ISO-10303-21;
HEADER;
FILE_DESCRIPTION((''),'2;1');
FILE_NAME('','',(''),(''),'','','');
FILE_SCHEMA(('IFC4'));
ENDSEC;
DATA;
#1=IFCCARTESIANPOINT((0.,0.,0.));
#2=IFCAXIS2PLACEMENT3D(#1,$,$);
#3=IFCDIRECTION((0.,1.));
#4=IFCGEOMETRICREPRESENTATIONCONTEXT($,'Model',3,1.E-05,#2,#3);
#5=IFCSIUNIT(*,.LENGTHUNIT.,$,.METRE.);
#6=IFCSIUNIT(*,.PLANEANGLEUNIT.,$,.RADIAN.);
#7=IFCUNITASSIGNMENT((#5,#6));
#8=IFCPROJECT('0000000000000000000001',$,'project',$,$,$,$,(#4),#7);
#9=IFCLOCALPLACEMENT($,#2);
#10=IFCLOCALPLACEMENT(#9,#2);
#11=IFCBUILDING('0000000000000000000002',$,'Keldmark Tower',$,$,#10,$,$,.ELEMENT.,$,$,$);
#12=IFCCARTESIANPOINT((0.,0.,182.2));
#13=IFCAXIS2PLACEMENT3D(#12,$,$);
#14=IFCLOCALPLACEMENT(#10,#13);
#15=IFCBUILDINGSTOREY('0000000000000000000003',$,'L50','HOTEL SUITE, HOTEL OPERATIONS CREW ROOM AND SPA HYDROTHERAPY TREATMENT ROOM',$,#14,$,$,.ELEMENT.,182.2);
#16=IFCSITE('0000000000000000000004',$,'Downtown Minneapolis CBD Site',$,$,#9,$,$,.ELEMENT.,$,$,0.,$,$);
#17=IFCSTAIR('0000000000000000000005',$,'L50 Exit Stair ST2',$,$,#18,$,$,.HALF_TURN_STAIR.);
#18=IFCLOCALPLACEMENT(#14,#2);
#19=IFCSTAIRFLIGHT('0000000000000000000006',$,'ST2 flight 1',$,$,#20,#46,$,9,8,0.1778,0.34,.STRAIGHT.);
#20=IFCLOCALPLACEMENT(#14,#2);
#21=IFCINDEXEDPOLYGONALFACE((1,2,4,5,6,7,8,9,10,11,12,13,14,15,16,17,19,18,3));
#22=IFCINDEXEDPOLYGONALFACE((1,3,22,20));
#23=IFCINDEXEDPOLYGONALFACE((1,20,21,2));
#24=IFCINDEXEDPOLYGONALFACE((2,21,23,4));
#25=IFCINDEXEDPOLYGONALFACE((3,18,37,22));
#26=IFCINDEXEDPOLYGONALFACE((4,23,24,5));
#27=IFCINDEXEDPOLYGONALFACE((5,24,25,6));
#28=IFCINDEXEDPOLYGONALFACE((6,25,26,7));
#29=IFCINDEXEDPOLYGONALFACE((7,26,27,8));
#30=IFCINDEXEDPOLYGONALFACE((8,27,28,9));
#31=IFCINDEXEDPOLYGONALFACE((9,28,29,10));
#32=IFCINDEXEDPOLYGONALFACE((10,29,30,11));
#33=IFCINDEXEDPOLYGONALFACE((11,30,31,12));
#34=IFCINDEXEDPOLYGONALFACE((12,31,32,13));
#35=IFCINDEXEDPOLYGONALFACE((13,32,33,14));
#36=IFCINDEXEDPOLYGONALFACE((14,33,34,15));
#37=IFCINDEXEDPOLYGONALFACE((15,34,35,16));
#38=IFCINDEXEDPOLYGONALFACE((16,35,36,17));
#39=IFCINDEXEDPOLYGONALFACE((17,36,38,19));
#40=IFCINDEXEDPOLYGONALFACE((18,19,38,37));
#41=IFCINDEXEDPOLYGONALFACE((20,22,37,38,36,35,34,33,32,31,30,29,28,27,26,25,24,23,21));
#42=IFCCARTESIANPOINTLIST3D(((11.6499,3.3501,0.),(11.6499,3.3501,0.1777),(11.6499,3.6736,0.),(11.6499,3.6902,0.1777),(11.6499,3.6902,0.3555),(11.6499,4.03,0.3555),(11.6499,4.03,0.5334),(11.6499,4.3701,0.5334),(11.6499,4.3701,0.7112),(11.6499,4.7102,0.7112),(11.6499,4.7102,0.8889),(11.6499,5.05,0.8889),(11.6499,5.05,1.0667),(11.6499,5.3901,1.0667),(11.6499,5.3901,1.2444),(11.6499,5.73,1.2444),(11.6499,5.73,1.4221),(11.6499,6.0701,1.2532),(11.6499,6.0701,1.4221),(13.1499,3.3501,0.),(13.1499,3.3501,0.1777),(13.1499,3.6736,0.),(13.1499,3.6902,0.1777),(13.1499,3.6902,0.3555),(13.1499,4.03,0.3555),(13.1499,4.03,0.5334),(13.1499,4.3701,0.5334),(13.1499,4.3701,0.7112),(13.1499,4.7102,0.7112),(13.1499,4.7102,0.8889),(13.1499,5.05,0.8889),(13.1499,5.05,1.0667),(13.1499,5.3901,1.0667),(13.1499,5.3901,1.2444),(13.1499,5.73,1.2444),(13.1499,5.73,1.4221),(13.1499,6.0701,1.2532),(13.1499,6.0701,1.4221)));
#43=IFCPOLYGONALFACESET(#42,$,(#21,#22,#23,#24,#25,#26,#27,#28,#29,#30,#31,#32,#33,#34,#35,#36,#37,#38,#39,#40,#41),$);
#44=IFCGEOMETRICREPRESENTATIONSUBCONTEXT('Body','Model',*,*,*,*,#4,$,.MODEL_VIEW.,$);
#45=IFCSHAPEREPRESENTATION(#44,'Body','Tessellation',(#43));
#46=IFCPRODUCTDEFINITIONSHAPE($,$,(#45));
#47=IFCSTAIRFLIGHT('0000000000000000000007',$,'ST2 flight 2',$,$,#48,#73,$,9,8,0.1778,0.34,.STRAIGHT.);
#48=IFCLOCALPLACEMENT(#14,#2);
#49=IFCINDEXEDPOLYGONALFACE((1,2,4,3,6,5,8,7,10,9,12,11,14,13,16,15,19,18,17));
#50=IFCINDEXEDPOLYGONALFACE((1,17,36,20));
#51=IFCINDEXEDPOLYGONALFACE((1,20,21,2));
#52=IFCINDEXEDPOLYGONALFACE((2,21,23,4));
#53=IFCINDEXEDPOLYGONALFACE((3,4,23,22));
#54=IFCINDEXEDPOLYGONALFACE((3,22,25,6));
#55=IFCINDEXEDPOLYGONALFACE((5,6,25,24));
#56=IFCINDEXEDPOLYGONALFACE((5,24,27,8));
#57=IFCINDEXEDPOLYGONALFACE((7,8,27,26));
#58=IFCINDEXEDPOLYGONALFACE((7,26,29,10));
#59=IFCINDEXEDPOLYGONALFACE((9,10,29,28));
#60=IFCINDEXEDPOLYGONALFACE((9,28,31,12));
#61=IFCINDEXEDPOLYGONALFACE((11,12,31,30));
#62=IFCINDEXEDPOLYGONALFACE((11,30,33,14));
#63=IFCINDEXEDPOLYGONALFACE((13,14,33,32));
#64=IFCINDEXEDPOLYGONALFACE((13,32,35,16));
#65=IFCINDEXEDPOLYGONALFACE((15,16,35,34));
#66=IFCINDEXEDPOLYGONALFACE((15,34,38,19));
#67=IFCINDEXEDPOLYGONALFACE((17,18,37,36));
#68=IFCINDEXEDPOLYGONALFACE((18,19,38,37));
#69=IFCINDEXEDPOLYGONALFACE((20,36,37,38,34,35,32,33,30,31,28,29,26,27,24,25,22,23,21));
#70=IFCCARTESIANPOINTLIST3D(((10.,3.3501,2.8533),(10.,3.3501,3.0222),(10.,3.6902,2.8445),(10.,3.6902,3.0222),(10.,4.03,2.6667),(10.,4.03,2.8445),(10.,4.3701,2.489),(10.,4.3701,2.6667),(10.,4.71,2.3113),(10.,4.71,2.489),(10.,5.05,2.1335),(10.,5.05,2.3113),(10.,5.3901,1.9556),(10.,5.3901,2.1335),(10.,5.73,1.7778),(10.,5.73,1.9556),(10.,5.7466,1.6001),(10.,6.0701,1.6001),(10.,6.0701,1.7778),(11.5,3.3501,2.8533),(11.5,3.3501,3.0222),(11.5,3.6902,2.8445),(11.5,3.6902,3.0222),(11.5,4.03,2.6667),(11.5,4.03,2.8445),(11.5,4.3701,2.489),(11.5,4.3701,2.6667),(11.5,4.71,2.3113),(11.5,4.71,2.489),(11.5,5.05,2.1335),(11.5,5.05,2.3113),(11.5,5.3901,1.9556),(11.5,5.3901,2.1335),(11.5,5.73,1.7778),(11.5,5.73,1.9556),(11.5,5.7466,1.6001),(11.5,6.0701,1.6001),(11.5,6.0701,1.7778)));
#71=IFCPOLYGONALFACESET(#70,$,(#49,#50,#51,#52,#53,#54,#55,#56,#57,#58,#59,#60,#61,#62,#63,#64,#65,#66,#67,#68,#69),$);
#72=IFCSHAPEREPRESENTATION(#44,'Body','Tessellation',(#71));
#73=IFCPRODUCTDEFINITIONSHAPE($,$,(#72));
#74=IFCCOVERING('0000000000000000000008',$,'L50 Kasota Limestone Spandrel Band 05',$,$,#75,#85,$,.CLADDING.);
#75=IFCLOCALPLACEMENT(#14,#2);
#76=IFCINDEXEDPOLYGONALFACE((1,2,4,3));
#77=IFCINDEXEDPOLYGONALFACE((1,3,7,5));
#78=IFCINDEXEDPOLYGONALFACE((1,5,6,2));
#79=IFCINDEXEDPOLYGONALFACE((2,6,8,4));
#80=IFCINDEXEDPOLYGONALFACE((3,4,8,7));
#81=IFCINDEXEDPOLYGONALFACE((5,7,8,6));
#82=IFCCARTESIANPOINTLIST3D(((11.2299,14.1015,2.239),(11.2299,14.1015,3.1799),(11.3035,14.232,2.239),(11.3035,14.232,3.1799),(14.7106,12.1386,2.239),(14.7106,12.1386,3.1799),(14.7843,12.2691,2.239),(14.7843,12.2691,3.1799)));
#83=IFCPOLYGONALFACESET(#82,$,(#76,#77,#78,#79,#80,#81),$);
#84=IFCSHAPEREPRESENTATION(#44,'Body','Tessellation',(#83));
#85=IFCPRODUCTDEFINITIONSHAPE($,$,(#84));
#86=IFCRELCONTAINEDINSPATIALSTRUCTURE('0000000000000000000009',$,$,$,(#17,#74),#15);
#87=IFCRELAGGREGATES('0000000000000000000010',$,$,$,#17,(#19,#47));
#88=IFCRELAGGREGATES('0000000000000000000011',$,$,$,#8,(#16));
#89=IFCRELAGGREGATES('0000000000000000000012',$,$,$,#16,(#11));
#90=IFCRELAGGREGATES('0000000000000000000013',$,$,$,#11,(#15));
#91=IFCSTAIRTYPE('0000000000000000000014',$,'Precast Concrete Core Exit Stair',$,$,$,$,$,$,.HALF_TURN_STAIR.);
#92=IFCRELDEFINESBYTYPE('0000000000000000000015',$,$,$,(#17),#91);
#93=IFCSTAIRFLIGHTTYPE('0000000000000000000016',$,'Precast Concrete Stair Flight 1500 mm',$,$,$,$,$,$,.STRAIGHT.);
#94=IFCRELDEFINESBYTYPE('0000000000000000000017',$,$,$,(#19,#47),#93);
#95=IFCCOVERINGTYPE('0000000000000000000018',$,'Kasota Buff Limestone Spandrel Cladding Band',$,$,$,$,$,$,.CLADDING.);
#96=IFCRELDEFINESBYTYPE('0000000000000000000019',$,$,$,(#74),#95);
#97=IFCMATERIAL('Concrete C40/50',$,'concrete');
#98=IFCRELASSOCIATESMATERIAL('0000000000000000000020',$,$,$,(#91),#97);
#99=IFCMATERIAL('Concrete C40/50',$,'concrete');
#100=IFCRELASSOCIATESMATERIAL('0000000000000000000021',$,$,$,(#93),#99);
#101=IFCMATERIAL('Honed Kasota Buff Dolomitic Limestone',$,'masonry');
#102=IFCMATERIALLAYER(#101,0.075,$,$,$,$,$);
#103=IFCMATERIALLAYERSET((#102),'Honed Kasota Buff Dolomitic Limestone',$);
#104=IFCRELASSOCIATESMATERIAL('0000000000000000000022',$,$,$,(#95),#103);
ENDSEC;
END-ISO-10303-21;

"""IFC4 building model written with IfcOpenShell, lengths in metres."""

from ifc_helpers import new_model, si_unit, direction, frame, origin, origin_2d, place, context, subcontext, project, spatial, polyline, rectangle, outline, extrude, material, layer, layer_set, type_object, element, aggregate, save


model = new_model("IFC4")

# Units and contexts
model_context = context("Model", 3, precision=1e-05, world=origin(), true_north=direction((0.0, 1.0)))
body_context = subcontext(model_context, "Body", "Model", "MODEL_VIEW")
ifc_project = project(units=[si_unit("LENGTHUNIT", "METRE"), si_unit("PLANEANGLEUNIT", "RADIAN")], contexts=[model_context])

# Site, building, storey
site_placement = place(None, origin())
site = spatial("IfcSite", under=ifc_project, at=site_placement, Name="Downtown Minneapolis CBD Site", CompositionType="ELEMENT", RefElevation=0.0)
building_placement = place(site_placement, origin())
building = spatial("IfcBuilding", under=site, at=building_placement, Name="Keldmark Tower", CompositionType="ELEMENT")
storey_placement = place(building_placement, frame((0.0, 0.0, 182.2)))
storey = spatial("IfcBuildingStorey", under=building, at=storey_placement, Name="L50", Description="HOTEL SUITE, HOTEL OPERATIONS CREW ROOM AND SPA HYDROTHERAPY TREATMENT ROOM", CompositionType="ELEMENT", Elevation=182.2)

# Stair, stair flights
ifc_material_1 = material(Name="Concrete C40/50", Category="concrete")
stair_type = type_object("IfcStairType", Name="Precast Concrete Core Exit Stair", PredefinedType="HALF_TURN_STAIR", material=ifc_material_1)
stair_placement = place(storey_placement, origin())
stair = element("IfcStair", 1, at=stair_placement, inside=storey, type_object=stair_type, Name="L50 Exit Stair ST2", PredefinedType="HALF_TURN_STAIR")
ifc_material_2 = material(Name="Concrete C40/50", Category="concrete")
stair_flight_type = type_object("IfcStairFlightType", Name="Precast Concrete Stair Flight 1500 mm", PredefinedType="STRAIGHT", material=ifc_material_2)
stair_flight_1_placement = place(storey_placement, frame((12.3999, 3.3501, 0.0), z_axis=(0.0, 0.0, 1.0), x_axis=(0.0, 1.0, 0.0)))
stair_flight_1 = element("IfcStairFlight", 2, at=stair_flight_1_placement, type_object=stair_flight_type, Name="ST2 flight 1", NumberOfRisers=9, NumberOfTreads=8, PredefinedType="STRAIGHT", RiserHeight=0.1778, TreadLength=0.34, context=body_context, shape_type="SweptSolid", body=[
    extrude(outline(polyline([(0.0, 0.0), (0.0, 0.1777), (0.3401, 0.1777), (0.3401, 0.3555), (0.6799, 0.3555), (0.6799, 0.5334), (1.02, 0.5334), (1.02, 0.7112), (1.3601, 0.7112), (1.3601, 0.8889), (1.7, 0.8889), (1.7, 1.0667), (2.04, 1.0667), (2.04, 1.2444), (2.3799, 1.2444), (2.3799, 1.4221), (2.72, 1.4221), (2.72, 1.6001), (2.72, 1.2532), (0.3235, 0.0), (0.0, 0.0)])), frame((0.0, 0.75, 0.0), z_axis=(0.0, -1.0, 0.0), x_axis=(1.0, 0.0, 0.0)), (0.0, 0.0, 1.0), 1.5),
])
stair_flight_2_placement = place(storey_placement, frame((10.75, 6.0701, 1.6001), z_axis=(0.0, 0.0, 1.0), x_axis=(0.0, -1.0, 0.0)))
stair_flight_2 = element("IfcStairFlight", 3, at=stair_flight_2_placement, type_object=stair_flight_type, Name="ST2 flight 2", NumberOfRisers=9, NumberOfTreads=8, PredefinedType="STRAIGHT", RiserHeight=0.1778, TreadLength=0.34, context=body_context, shape_type="SweptSolid", body=[
    extrude(outline(polyline([(0.0, 0.0), (0.0, 0.1777), (0.3401, 0.1777), (0.3401, 0.3555), (0.6799, 0.3555), (0.6799, 0.5334), (1.02, 0.5334), (1.02, 0.7112), (1.3601, 0.7112), (1.3601, 0.8889), (1.7, 0.8889), (1.7, 1.0667), (2.04, 1.0667), (2.04, 1.2444), (2.3799, 1.2444), (2.3799, 1.4221), (2.72, 1.4221), (2.72, 1.6001), (2.72, 1.2532), (0.3235, 0.0), (0.0, 0.0)])), frame((0.0, 0.75, 0.0), z_axis=(0.0, -1.0, 0.0), x_axis=(1.0, 0.0, 0.0)), (0.0, 0.0, 1.0), 1.5),
])
aggregate(stair, [stair_flight_1, stair_flight_2])

# Covering
ifc_material_3 = material(Name="Honed Kasota Buff Dolomitic Limestone", Category="masonry")
ifc_layer_1 = layer(ifc_material_3, 0.075)
ifc_layer_set_1 = layer_set([ifc_layer_1], Name="Honed Kasota Buff Dolomitic Limestone")
covering_type = type_object("IfcCoveringType", Name="Kasota Buff Limestone Spandrel Cladding Band", PredefinedType="CLADDING", material=ifc_layer_set_1)
covering_placement = place(storey_placement, frame((13.0071, 13.1853, 2.239), z_axis=(0.0, 0.0, 1.0), x_axis=(-0.871042, 0.491208, 0.0)))
element("IfcCovering", 4, at=covering_placement, inside=storey, type_object=covering_type, Name="L50 Kasota Limestone Spandrel Band 05", PredefinedType="CLADDING", context=body_context, shape_type="SweptSolid", body=[
    extrude(rectangle(XDim=3.9961, YDim=0.1499, at=origin_2d()), origin(), (0.0, 0.0, 1.0), 0.9409),
])

save(model, "model.ifc")
